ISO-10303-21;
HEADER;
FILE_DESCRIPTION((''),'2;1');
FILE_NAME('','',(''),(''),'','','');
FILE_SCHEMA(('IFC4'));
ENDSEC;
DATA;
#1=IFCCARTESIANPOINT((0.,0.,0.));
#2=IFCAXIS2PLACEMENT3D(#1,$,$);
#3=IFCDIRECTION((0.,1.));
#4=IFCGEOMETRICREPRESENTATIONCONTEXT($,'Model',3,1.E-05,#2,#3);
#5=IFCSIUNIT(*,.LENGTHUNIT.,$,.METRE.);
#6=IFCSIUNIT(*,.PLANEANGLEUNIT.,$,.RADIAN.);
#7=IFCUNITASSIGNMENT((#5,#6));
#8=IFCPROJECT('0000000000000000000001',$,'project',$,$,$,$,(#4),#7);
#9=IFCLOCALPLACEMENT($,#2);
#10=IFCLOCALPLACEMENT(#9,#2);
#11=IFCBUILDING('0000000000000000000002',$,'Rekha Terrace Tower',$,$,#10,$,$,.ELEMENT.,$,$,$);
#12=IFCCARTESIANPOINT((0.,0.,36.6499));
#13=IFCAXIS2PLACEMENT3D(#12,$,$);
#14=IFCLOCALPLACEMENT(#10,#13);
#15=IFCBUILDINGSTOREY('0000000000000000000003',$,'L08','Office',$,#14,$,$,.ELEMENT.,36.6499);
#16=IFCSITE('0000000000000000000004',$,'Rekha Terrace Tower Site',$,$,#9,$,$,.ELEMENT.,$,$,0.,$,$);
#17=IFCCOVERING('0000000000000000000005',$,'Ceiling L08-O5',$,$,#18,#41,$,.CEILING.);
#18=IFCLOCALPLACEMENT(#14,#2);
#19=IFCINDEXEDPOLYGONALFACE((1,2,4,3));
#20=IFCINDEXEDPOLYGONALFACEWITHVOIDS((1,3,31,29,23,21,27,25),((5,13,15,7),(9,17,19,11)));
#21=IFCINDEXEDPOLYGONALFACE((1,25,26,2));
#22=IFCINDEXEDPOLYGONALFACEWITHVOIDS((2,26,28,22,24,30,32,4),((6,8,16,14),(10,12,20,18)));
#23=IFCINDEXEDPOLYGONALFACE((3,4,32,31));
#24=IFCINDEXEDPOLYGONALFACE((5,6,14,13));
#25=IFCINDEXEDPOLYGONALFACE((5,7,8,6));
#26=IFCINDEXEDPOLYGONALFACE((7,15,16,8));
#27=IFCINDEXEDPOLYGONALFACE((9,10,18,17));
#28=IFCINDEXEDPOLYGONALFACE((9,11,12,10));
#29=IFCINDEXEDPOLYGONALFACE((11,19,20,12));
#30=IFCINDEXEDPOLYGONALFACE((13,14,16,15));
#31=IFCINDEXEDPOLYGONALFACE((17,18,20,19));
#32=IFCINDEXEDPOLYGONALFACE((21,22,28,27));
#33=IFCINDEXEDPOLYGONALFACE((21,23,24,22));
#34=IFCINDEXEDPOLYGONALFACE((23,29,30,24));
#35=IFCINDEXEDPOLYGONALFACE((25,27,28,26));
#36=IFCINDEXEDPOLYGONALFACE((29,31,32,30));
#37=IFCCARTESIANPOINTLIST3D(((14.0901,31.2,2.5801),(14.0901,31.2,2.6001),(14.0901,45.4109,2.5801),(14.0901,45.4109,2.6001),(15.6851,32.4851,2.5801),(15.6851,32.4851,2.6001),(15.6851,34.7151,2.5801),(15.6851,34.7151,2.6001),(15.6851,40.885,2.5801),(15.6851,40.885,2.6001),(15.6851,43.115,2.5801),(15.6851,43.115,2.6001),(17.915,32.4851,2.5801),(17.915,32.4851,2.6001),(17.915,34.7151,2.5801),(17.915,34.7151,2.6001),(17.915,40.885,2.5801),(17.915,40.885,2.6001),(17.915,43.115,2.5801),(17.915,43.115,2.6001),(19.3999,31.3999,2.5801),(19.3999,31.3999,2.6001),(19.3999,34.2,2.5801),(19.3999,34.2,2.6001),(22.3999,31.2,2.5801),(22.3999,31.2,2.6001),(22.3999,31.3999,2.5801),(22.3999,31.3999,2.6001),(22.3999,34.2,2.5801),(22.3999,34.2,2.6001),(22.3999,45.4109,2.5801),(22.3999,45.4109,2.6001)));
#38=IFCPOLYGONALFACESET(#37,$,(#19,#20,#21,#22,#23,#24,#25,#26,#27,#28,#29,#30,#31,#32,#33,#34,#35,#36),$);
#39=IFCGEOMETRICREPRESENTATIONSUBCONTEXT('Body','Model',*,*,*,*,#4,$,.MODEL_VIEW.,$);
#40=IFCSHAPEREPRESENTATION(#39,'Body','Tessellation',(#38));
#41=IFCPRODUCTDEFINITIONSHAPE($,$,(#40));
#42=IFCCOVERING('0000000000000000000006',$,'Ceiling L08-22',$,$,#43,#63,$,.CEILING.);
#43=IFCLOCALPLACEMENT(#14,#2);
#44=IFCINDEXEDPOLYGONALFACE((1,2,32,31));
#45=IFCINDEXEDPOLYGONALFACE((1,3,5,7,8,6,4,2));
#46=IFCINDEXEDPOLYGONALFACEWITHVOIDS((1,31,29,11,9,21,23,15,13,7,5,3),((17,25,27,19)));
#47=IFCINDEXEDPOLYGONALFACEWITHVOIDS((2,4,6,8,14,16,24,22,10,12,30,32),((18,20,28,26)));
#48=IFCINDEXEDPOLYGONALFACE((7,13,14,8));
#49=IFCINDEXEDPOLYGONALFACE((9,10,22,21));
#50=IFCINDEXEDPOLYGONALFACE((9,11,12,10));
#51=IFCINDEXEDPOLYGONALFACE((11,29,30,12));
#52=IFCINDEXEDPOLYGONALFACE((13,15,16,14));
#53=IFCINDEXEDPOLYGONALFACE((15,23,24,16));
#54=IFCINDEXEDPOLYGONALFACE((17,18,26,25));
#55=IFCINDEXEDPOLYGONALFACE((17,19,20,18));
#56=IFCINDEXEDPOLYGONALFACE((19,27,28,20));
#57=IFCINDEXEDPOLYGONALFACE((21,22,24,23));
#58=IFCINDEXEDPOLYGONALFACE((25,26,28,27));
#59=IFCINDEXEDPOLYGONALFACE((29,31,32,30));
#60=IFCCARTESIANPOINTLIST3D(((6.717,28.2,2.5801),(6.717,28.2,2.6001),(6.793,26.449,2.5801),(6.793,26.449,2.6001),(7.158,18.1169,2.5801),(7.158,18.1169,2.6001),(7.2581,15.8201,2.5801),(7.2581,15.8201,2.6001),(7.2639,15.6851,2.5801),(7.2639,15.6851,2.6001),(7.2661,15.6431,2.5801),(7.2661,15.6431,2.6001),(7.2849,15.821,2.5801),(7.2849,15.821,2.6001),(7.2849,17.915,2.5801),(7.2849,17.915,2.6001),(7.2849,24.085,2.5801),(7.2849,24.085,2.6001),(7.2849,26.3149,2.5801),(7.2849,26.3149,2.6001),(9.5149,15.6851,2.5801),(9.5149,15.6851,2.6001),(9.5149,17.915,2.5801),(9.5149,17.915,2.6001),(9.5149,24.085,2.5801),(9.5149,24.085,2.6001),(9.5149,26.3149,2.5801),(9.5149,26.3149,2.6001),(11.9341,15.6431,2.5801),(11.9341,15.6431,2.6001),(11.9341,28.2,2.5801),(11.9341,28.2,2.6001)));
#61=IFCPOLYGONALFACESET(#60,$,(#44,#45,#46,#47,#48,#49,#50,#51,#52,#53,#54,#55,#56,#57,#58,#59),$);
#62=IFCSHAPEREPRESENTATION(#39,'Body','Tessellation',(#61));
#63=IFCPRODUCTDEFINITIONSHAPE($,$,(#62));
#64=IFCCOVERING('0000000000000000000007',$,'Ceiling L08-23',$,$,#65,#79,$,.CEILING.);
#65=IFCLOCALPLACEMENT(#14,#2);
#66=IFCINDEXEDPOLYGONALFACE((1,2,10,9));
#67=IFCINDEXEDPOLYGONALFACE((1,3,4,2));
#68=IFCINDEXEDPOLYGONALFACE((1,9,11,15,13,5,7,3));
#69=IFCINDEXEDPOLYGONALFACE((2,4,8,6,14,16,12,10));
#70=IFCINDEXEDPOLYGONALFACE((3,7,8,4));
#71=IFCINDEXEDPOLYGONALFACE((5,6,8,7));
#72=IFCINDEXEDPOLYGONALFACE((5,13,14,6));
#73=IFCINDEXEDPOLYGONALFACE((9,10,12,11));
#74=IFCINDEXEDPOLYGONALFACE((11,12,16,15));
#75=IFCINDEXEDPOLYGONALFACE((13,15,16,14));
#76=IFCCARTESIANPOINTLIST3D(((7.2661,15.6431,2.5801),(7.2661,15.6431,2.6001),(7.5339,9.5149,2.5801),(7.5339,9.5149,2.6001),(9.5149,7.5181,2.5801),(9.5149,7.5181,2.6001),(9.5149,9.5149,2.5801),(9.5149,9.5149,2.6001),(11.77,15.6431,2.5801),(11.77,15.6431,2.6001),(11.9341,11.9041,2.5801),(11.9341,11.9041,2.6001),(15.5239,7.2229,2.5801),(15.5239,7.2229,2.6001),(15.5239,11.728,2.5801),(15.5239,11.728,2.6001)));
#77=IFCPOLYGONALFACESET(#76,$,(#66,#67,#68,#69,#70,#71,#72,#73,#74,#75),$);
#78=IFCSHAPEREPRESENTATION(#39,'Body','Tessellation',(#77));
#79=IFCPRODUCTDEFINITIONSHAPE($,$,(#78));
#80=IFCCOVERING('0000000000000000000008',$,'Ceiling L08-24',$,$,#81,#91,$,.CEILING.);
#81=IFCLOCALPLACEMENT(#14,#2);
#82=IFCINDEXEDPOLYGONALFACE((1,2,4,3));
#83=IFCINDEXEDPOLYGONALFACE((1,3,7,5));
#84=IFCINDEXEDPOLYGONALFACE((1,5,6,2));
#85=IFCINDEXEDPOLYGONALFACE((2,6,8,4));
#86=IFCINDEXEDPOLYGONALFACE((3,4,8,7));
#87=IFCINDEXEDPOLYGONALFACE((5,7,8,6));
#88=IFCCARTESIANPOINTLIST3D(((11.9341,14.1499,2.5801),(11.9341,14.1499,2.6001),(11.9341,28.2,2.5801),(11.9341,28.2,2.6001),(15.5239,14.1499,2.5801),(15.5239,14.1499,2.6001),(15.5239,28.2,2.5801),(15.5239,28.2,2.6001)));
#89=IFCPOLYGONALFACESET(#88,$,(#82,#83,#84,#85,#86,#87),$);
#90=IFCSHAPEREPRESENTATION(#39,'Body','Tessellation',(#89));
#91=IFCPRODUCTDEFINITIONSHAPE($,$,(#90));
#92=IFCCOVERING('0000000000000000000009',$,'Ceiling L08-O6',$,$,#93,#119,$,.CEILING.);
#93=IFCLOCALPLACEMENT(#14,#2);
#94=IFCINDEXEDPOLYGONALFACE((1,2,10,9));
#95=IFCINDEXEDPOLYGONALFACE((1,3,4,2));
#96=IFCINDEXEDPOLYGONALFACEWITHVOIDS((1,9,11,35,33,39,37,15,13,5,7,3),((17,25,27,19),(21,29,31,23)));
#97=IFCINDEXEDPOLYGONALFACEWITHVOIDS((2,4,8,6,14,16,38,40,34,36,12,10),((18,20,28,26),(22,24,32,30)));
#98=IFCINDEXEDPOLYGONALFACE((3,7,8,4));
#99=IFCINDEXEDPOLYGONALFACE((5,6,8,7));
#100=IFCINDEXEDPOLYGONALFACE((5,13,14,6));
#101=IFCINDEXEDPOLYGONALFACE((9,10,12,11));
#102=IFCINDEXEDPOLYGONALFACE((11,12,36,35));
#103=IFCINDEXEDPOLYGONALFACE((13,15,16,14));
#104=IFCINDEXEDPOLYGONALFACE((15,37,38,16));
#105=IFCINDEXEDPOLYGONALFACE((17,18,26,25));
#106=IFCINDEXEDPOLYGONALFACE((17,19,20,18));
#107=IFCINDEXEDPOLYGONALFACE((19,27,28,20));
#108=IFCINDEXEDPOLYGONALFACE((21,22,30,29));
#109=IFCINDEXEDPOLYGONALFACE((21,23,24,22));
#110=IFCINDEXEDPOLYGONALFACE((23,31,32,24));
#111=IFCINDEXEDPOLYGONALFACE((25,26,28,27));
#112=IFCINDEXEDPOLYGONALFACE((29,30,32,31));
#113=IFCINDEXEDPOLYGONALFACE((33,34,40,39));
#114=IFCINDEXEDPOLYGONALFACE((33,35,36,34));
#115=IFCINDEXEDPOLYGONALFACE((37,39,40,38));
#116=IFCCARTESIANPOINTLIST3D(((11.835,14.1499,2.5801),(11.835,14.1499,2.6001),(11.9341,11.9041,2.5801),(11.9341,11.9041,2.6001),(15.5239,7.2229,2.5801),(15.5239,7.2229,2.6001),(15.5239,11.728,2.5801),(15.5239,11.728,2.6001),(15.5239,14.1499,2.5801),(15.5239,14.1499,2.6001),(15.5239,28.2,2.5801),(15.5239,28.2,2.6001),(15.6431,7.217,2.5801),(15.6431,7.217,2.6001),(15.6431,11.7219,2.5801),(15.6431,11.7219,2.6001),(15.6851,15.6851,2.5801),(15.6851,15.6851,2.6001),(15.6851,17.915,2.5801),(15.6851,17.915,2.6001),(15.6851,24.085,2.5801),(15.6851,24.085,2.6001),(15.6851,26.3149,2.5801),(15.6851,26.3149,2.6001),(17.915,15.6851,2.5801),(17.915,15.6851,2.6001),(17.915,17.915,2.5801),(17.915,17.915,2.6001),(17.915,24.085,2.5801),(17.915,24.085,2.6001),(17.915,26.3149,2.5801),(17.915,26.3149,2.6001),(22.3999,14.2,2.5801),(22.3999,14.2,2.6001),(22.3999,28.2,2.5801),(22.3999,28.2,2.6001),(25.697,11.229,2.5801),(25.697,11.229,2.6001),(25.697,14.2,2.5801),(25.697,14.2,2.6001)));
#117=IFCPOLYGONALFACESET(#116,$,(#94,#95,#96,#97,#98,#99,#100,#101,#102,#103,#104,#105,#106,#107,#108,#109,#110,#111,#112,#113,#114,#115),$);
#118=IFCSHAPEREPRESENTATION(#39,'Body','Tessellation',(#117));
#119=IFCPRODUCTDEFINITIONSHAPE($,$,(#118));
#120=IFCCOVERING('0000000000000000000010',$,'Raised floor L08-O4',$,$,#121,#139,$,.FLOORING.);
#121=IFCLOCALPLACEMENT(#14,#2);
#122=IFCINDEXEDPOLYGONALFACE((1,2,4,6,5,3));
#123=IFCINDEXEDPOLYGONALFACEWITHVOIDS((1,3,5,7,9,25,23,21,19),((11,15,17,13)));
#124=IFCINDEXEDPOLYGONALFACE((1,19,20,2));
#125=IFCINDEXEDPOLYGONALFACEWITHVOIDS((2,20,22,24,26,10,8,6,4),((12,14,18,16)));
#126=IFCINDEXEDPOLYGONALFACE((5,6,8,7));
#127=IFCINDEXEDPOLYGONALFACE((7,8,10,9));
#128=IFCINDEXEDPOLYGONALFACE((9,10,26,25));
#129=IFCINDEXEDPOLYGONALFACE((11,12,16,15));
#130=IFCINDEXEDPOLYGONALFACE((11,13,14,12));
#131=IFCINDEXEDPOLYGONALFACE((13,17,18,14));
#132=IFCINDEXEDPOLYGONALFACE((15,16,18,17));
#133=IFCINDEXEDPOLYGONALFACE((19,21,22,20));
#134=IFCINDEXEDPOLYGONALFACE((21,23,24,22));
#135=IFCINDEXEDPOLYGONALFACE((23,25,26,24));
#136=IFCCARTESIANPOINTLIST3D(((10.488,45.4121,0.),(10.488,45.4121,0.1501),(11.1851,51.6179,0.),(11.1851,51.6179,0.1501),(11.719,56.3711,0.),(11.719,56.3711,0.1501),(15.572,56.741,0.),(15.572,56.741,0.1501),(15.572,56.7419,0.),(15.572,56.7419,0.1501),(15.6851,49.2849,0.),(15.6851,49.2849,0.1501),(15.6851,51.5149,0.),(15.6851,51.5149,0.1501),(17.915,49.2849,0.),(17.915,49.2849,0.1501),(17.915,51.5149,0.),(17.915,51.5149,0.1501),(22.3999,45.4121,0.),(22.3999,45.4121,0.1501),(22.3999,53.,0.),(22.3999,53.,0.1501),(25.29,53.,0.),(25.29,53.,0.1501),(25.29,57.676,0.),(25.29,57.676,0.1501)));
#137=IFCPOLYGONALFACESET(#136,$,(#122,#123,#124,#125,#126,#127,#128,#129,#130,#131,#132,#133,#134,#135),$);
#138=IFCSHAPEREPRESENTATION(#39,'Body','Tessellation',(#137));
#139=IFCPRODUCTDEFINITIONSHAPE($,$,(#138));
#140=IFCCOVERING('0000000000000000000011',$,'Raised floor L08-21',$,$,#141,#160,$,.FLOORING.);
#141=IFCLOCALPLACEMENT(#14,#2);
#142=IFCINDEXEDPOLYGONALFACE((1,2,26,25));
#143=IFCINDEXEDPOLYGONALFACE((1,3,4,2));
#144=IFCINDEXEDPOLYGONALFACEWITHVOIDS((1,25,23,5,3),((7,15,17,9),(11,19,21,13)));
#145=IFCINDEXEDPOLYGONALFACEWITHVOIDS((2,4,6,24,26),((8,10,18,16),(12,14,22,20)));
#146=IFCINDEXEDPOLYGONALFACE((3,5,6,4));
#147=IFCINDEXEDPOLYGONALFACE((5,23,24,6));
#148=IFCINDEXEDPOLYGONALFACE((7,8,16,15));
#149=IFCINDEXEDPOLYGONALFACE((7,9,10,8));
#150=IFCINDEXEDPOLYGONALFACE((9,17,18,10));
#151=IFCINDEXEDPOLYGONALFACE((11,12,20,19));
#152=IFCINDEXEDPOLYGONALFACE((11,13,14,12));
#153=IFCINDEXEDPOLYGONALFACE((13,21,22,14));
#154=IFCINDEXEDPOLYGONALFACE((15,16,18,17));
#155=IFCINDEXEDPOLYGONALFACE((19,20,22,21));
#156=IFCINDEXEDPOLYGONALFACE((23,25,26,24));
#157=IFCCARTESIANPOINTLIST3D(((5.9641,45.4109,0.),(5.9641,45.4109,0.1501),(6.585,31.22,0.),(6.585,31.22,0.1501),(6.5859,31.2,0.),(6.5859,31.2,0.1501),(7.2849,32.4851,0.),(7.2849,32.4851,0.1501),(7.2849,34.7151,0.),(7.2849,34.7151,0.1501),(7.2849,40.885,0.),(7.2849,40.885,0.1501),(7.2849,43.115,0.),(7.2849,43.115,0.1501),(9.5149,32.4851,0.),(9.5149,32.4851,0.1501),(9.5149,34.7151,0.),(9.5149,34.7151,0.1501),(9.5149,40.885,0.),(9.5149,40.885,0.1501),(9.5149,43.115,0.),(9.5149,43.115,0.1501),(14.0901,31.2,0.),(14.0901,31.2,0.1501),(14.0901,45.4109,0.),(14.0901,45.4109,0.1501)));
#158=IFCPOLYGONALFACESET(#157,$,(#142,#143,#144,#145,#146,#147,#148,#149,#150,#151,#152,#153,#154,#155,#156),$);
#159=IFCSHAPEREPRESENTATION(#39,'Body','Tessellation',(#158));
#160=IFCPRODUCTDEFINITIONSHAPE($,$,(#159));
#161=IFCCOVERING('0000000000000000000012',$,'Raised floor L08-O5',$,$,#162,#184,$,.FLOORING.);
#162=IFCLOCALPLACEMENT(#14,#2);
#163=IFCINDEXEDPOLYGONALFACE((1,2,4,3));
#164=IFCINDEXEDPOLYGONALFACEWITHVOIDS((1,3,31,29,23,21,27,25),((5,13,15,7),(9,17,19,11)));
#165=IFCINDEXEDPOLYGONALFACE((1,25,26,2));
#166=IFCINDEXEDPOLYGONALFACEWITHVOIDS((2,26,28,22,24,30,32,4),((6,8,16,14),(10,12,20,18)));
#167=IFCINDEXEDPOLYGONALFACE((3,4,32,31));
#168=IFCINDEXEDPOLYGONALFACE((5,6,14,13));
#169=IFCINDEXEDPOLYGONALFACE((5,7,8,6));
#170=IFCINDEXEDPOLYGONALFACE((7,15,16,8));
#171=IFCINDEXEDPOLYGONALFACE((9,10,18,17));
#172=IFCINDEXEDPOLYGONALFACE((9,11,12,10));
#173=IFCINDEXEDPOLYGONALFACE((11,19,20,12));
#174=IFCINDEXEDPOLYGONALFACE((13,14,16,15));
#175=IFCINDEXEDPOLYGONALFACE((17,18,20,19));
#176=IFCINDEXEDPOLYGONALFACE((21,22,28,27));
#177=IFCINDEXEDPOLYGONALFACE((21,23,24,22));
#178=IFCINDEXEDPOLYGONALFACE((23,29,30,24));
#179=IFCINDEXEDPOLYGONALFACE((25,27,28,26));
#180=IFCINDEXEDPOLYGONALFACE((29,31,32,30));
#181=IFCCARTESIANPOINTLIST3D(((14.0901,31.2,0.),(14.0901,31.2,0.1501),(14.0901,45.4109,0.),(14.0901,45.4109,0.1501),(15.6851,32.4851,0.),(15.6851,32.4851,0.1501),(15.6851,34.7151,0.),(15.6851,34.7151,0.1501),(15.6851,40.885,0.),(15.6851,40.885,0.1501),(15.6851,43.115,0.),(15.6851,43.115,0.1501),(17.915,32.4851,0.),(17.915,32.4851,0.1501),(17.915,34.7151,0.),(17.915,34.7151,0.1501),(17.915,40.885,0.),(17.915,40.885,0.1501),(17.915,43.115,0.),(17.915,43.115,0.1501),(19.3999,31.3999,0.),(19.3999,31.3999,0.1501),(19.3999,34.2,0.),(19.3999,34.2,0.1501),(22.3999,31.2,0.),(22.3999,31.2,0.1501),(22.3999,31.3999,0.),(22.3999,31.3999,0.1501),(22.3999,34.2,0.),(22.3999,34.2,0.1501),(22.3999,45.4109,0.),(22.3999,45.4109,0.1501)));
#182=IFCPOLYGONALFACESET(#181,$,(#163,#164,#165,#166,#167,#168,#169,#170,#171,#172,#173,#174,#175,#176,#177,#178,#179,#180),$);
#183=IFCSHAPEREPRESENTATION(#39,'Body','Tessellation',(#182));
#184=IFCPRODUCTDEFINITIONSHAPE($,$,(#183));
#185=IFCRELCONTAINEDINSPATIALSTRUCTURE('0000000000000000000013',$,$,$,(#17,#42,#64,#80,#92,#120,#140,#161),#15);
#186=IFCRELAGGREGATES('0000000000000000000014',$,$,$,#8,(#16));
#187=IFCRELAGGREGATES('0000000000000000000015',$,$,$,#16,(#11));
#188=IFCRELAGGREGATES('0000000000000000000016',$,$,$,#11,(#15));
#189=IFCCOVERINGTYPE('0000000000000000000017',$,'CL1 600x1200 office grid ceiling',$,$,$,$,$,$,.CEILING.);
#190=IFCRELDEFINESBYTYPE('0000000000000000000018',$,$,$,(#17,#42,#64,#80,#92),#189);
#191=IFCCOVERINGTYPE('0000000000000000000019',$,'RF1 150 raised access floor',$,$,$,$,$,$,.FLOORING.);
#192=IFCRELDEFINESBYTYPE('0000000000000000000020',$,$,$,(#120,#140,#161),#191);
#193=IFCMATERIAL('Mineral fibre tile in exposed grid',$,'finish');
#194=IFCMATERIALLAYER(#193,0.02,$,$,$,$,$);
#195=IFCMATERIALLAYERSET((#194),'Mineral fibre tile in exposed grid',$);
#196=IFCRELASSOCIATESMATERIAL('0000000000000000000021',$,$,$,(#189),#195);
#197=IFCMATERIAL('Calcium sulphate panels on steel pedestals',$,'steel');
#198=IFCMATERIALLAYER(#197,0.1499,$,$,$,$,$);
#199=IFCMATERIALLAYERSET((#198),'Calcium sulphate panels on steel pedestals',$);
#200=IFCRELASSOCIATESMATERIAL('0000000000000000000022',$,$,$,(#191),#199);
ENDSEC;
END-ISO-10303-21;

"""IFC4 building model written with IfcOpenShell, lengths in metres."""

from ifc_helpers import new_model, si_unit, direction, frame, origin, place, context, subcontext, project, spatial, polyline, outline, extrude, material, layer, layer_set, type_object, element, save


model = new_model("IFC4")

# Units and contexts
model_context = context("Model", 3, precision=1e-05, world=origin(), true_north=direction((0.0, 1.0)))
body_context = subcontext(model_context, "Body", "Model", "MODEL_VIEW")
ifc_project = project(units=[si_unit("LENGTHUNIT", "METRE"), si_unit("PLANEANGLEUNIT", "RADIAN")], contexts=[model_context])

# Site, building, storey
site_placement = place(None, origin())
site = spatial("IfcSite", under=ifc_project, at=site_placement, Name="Rekha Terrace Tower Site", CompositionType="ELEMENT", RefElevation=0.0)
building_placement = place(site_placement, origin())
building = spatial("IfcBuilding", under=site, at=building_placement, Name="Rekha Terrace Tower", CompositionType="ELEMENT")
storey_placement = place(building_placement, frame((0.0, 0.0, 36.6499)))
storey = spatial("IfcBuildingStorey", under=building, at=storey_placement, Name="L08", Description="Office", CompositionType="ELEMENT", Elevation=36.6499)

# Coverings
ifc_material_1 = material(Name="Mineral fibre tile in exposed grid", Category="finish")
ifc_layer_1 = layer(ifc_material_1, 0.02)
ifc_layer_set_1 = layer_set([ifc_layer_1], Name="Mineral fibre tile in exposed grid")
covering_type_1 = type_object("IfcCoveringType", Name="CL1 600x1200 office grid ceiling", PredefinedType="CEILING", material=ifc_layer_set_1)
covering_1_placement = place(storey_placement, frame((0.0, 0.0, 2.5801)))
element("IfcCovering", 1, at=covering_1_placement, inside=storey, type_object=covering_type_1, Name="Ceiling L08-O5", PredefinedType="CEILING", context=body_context, shape_type="SweptSolid", body=[
    extrude(outline(polyline([(14.0901, 31.2), (22.3999, 31.2), (22.3999, 31.3999), (19.3999, 31.3999), (19.3999, 34.2), (22.3999, 34.2), (22.3999, 45.4109), (14.0901, 45.4109), (14.0901, 31.2)]), holes=[polyline([(17.915, 32.4851), (15.6851, 32.4851), (15.6851, 34.7151), (17.915, 34.7151), (17.915, 32.4851)]), polyline([(17.915, 40.885), (15.6851, 40.885), (15.6851, 43.115), (17.915, 43.115), (17.915, 40.885)])]), origin(), (0.0, 0.0, 1.0), 0.02),
])
covering_2_placement = place(storey_placement, frame((0.0, 0.0, 2.5801)))
element("IfcCovering", 2, at=covering_2_placement, inside=storey, type_object=covering_type_1, Name="Ceiling L08-22", PredefinedType="CEILING", context=body_context, shape_type="SweptSolid", body=[
    extrude(outline(polyline([(7.2581, 15.8201), (7.2849, 15.821), (7.2849, 17.915), (9.5149, 17.915), (9.5149, 15.6851), (7.2639, 15.6851), (7.2661, 15.6431), (11.9341, 15.6431), (11.9341, 28.2), (6.717, 28.2), (6.793, 26.449), (7.158, 18.1169), (7.2581, 15.8201)]), holes=[polyline([(9.5149, 24.085), (7.2849, 24.085), (7.2849, 26.3149), (9.5149, 26.3149), (9.5149, 24.085)])]), origin(), (0.0, 0.0, 1.0), 0.02),
])
covering_3_placement = place(storey_placement, frame((0.0, 0.0, 2.5801)))
element("IfcCovering", 3, at=covering_3_placement, inside=storey, type_object=covering_type_1, Name="Ceiling L08-23", PredefinedType="CEILING", context=body_context, shape_type="SweptSolid", body=[
    extrude(outline(polyline([(11.9341, 11.9041), (11.77, 15.6431), (7.2661, 15.6431), (7.5339, 9.5149), (9.5149, 9.5149), (9.5149, 7.5181), (15.5239, 7.2229), (15.5239, 11.728), (11.9341, 11.9041)])), origin(), (0.0, 0.0, 1.0), 0.02),
])
covering_4_placement = place(storey_placement, frame((0.0, 0.0, 2.5801)))
element("IfcCovering", 4, at=covering_4_placement, inside=storey, type_object=covering_type_1, Name="Ceiling L08-24", PredefinedType="CEILING", context=body_context, shape_type="SweptSolid", body=[
    extrude(outline(polyline([(11.9341, 14.1499), (15.5239, 14.1499), (15.5239, 28.2), (11.9341, 28.2), (11.9341, 14.1499)])), origin(), (0.0, 0.0, 1.0), 0.02),
])
covering_5_placement = place(storey_placement, frame((0.0, 0.0, 2.5801)))
element("IfcCovering", 5, at=covering_5_placement, inside=storey, type_object=covering_type_1, Name="Ceiling L08-O6", PredefinedType="CEILING", context=body_context, shape_type="SweptSolid", body=[
    extrude(outline(polyline([(15.5239, 28.2), (15.5239, 14.1499), (11.835, 14.1499), (11.9341, 11.9041), (15.5239, 11.728), (15.5239, 7.2229), (15.6431, 7.217), (15.6431, 11.7219), (25.697, 11.229), (25.697, 14.2), (22.3999, 14.2), (22.3999, 28.2), (15.5239, 28.2)]), holes=[polyline([(17.915, 15.6851), (15.6851, 15.6851), (15.6851, 17.915), (17.915, 17.915), (17.915, 15.6851)]), polyline([(17.915, 24.085), (15.6851, 24.085), (15.6851, 26.3149), (17.915, 26.3149), (17.915, 24.085)])]), origin(), (0.0, 0.0, 1.0), 0.02),
])
ifc_material_2 = material(Name="Calcium sulphate panels on steel pedestals", Category="steel")
ifc_layer_2 = layer(ifc_material_2, 0.1499)
ifc_layer_set_2 = layer_set([ifc_layer_2], Name="Calcium sulphate panels on steel pedestals")
covering_type_2 = type_object("IfcCoveringType", Name="RF1 150 raised access floor", PredefinedType="FLOORING", material=ifc_layer_set_2)
covering_6_placement = place(storey_placement, origin())
element("IfcCovering", 6, at=covering_6_placement, inside=storey, type_object=covering_type_2, Name="Raised floor L08-O4", PredefinedType="FLOORING", context=body_context, shape_type="SweptSolid", body=[
    extrude(outline(polyline([(11.719, 56.3711), (11.1851, 51.6179), (10.488, 45.4121), (22.3999, 45.4121), (22.3999, 53.0), (25.29, 53.0), (25.29, 57.676), (15.572, 56.7419), (15.572, 56.741), (11.719, 56.3711)]), holes=[polyline([(17.915, 49.2849), (15.6851, 49.2849), (15.6851, 51.5149), (17.915, 51.5149), (17.915, 49.2849)])]), origin(), (0.0, 0.0, 1.0), 0.1501),
])
covering_7_placement = place(storey_placement, origin())
element("IfcCovering", 7, at=covering_7_placement, inside=storey, type_object=covering_type_2, Name="Raised floor L08-21", PredefinedType="FLOORING", context=body_context, shape_type="SweptSolid", body=[
    extrude(outline(polyline([(14.0901, 31.2), (14.0901, 45.4109), (5.9641, 45.4109), (6.585, 31.22), (6.5859, 31.2), (14.0901, 31.2)]), holes=[polyline([(9.5149, 32.4851), (7.2849, 32.4851), (7.2849, 34.7151), (9.5149, 34.7151), (9.5149, 32.4851)]), polyline([(9.5149, 40.885), (7.2849, 40.885), (7.2849, 43.115), (9.5149, 43.115), (9.5149, 40.885)])]), origin(), (0.0, 0.0, 1.0), 0.1501),
])
covering_8_placement = place(storey_placement, origin())
element("IfcCovering", 8, at=covering_8_placement, inside=storey, type_object=covering_type_2, Name="Raised floor L08-O5", PredefinedType="FLOORING", context=body_context, shape_type="SweptSolid", body=[
    extrude(outline(polyline([(14.0901, 31.2), (22.3999, 31.2), (22.3999, 31.3999), (19.3999, 31.3999), (19.3999, 34.2), (22.3999, 34.2), (22.3999, 45.4109), (14.0901, 45.4109), (14.0901, 31.2)]), holes=[polyline([(17.915, 32.4851), (15.6851, 32.4851), (15.6851, 34.7151), (17.915, 34.7151), (17.915, 32.4851)]), polyline([(17.915, 40.885), (15.6851, 40.885), (15.6851, 43.115), (17.915, 43.115), (17.915, 40.885)])]), origin(), (0.0, 0.0, 1.0), 0.1501),
])

save(model, "model.ifc")
